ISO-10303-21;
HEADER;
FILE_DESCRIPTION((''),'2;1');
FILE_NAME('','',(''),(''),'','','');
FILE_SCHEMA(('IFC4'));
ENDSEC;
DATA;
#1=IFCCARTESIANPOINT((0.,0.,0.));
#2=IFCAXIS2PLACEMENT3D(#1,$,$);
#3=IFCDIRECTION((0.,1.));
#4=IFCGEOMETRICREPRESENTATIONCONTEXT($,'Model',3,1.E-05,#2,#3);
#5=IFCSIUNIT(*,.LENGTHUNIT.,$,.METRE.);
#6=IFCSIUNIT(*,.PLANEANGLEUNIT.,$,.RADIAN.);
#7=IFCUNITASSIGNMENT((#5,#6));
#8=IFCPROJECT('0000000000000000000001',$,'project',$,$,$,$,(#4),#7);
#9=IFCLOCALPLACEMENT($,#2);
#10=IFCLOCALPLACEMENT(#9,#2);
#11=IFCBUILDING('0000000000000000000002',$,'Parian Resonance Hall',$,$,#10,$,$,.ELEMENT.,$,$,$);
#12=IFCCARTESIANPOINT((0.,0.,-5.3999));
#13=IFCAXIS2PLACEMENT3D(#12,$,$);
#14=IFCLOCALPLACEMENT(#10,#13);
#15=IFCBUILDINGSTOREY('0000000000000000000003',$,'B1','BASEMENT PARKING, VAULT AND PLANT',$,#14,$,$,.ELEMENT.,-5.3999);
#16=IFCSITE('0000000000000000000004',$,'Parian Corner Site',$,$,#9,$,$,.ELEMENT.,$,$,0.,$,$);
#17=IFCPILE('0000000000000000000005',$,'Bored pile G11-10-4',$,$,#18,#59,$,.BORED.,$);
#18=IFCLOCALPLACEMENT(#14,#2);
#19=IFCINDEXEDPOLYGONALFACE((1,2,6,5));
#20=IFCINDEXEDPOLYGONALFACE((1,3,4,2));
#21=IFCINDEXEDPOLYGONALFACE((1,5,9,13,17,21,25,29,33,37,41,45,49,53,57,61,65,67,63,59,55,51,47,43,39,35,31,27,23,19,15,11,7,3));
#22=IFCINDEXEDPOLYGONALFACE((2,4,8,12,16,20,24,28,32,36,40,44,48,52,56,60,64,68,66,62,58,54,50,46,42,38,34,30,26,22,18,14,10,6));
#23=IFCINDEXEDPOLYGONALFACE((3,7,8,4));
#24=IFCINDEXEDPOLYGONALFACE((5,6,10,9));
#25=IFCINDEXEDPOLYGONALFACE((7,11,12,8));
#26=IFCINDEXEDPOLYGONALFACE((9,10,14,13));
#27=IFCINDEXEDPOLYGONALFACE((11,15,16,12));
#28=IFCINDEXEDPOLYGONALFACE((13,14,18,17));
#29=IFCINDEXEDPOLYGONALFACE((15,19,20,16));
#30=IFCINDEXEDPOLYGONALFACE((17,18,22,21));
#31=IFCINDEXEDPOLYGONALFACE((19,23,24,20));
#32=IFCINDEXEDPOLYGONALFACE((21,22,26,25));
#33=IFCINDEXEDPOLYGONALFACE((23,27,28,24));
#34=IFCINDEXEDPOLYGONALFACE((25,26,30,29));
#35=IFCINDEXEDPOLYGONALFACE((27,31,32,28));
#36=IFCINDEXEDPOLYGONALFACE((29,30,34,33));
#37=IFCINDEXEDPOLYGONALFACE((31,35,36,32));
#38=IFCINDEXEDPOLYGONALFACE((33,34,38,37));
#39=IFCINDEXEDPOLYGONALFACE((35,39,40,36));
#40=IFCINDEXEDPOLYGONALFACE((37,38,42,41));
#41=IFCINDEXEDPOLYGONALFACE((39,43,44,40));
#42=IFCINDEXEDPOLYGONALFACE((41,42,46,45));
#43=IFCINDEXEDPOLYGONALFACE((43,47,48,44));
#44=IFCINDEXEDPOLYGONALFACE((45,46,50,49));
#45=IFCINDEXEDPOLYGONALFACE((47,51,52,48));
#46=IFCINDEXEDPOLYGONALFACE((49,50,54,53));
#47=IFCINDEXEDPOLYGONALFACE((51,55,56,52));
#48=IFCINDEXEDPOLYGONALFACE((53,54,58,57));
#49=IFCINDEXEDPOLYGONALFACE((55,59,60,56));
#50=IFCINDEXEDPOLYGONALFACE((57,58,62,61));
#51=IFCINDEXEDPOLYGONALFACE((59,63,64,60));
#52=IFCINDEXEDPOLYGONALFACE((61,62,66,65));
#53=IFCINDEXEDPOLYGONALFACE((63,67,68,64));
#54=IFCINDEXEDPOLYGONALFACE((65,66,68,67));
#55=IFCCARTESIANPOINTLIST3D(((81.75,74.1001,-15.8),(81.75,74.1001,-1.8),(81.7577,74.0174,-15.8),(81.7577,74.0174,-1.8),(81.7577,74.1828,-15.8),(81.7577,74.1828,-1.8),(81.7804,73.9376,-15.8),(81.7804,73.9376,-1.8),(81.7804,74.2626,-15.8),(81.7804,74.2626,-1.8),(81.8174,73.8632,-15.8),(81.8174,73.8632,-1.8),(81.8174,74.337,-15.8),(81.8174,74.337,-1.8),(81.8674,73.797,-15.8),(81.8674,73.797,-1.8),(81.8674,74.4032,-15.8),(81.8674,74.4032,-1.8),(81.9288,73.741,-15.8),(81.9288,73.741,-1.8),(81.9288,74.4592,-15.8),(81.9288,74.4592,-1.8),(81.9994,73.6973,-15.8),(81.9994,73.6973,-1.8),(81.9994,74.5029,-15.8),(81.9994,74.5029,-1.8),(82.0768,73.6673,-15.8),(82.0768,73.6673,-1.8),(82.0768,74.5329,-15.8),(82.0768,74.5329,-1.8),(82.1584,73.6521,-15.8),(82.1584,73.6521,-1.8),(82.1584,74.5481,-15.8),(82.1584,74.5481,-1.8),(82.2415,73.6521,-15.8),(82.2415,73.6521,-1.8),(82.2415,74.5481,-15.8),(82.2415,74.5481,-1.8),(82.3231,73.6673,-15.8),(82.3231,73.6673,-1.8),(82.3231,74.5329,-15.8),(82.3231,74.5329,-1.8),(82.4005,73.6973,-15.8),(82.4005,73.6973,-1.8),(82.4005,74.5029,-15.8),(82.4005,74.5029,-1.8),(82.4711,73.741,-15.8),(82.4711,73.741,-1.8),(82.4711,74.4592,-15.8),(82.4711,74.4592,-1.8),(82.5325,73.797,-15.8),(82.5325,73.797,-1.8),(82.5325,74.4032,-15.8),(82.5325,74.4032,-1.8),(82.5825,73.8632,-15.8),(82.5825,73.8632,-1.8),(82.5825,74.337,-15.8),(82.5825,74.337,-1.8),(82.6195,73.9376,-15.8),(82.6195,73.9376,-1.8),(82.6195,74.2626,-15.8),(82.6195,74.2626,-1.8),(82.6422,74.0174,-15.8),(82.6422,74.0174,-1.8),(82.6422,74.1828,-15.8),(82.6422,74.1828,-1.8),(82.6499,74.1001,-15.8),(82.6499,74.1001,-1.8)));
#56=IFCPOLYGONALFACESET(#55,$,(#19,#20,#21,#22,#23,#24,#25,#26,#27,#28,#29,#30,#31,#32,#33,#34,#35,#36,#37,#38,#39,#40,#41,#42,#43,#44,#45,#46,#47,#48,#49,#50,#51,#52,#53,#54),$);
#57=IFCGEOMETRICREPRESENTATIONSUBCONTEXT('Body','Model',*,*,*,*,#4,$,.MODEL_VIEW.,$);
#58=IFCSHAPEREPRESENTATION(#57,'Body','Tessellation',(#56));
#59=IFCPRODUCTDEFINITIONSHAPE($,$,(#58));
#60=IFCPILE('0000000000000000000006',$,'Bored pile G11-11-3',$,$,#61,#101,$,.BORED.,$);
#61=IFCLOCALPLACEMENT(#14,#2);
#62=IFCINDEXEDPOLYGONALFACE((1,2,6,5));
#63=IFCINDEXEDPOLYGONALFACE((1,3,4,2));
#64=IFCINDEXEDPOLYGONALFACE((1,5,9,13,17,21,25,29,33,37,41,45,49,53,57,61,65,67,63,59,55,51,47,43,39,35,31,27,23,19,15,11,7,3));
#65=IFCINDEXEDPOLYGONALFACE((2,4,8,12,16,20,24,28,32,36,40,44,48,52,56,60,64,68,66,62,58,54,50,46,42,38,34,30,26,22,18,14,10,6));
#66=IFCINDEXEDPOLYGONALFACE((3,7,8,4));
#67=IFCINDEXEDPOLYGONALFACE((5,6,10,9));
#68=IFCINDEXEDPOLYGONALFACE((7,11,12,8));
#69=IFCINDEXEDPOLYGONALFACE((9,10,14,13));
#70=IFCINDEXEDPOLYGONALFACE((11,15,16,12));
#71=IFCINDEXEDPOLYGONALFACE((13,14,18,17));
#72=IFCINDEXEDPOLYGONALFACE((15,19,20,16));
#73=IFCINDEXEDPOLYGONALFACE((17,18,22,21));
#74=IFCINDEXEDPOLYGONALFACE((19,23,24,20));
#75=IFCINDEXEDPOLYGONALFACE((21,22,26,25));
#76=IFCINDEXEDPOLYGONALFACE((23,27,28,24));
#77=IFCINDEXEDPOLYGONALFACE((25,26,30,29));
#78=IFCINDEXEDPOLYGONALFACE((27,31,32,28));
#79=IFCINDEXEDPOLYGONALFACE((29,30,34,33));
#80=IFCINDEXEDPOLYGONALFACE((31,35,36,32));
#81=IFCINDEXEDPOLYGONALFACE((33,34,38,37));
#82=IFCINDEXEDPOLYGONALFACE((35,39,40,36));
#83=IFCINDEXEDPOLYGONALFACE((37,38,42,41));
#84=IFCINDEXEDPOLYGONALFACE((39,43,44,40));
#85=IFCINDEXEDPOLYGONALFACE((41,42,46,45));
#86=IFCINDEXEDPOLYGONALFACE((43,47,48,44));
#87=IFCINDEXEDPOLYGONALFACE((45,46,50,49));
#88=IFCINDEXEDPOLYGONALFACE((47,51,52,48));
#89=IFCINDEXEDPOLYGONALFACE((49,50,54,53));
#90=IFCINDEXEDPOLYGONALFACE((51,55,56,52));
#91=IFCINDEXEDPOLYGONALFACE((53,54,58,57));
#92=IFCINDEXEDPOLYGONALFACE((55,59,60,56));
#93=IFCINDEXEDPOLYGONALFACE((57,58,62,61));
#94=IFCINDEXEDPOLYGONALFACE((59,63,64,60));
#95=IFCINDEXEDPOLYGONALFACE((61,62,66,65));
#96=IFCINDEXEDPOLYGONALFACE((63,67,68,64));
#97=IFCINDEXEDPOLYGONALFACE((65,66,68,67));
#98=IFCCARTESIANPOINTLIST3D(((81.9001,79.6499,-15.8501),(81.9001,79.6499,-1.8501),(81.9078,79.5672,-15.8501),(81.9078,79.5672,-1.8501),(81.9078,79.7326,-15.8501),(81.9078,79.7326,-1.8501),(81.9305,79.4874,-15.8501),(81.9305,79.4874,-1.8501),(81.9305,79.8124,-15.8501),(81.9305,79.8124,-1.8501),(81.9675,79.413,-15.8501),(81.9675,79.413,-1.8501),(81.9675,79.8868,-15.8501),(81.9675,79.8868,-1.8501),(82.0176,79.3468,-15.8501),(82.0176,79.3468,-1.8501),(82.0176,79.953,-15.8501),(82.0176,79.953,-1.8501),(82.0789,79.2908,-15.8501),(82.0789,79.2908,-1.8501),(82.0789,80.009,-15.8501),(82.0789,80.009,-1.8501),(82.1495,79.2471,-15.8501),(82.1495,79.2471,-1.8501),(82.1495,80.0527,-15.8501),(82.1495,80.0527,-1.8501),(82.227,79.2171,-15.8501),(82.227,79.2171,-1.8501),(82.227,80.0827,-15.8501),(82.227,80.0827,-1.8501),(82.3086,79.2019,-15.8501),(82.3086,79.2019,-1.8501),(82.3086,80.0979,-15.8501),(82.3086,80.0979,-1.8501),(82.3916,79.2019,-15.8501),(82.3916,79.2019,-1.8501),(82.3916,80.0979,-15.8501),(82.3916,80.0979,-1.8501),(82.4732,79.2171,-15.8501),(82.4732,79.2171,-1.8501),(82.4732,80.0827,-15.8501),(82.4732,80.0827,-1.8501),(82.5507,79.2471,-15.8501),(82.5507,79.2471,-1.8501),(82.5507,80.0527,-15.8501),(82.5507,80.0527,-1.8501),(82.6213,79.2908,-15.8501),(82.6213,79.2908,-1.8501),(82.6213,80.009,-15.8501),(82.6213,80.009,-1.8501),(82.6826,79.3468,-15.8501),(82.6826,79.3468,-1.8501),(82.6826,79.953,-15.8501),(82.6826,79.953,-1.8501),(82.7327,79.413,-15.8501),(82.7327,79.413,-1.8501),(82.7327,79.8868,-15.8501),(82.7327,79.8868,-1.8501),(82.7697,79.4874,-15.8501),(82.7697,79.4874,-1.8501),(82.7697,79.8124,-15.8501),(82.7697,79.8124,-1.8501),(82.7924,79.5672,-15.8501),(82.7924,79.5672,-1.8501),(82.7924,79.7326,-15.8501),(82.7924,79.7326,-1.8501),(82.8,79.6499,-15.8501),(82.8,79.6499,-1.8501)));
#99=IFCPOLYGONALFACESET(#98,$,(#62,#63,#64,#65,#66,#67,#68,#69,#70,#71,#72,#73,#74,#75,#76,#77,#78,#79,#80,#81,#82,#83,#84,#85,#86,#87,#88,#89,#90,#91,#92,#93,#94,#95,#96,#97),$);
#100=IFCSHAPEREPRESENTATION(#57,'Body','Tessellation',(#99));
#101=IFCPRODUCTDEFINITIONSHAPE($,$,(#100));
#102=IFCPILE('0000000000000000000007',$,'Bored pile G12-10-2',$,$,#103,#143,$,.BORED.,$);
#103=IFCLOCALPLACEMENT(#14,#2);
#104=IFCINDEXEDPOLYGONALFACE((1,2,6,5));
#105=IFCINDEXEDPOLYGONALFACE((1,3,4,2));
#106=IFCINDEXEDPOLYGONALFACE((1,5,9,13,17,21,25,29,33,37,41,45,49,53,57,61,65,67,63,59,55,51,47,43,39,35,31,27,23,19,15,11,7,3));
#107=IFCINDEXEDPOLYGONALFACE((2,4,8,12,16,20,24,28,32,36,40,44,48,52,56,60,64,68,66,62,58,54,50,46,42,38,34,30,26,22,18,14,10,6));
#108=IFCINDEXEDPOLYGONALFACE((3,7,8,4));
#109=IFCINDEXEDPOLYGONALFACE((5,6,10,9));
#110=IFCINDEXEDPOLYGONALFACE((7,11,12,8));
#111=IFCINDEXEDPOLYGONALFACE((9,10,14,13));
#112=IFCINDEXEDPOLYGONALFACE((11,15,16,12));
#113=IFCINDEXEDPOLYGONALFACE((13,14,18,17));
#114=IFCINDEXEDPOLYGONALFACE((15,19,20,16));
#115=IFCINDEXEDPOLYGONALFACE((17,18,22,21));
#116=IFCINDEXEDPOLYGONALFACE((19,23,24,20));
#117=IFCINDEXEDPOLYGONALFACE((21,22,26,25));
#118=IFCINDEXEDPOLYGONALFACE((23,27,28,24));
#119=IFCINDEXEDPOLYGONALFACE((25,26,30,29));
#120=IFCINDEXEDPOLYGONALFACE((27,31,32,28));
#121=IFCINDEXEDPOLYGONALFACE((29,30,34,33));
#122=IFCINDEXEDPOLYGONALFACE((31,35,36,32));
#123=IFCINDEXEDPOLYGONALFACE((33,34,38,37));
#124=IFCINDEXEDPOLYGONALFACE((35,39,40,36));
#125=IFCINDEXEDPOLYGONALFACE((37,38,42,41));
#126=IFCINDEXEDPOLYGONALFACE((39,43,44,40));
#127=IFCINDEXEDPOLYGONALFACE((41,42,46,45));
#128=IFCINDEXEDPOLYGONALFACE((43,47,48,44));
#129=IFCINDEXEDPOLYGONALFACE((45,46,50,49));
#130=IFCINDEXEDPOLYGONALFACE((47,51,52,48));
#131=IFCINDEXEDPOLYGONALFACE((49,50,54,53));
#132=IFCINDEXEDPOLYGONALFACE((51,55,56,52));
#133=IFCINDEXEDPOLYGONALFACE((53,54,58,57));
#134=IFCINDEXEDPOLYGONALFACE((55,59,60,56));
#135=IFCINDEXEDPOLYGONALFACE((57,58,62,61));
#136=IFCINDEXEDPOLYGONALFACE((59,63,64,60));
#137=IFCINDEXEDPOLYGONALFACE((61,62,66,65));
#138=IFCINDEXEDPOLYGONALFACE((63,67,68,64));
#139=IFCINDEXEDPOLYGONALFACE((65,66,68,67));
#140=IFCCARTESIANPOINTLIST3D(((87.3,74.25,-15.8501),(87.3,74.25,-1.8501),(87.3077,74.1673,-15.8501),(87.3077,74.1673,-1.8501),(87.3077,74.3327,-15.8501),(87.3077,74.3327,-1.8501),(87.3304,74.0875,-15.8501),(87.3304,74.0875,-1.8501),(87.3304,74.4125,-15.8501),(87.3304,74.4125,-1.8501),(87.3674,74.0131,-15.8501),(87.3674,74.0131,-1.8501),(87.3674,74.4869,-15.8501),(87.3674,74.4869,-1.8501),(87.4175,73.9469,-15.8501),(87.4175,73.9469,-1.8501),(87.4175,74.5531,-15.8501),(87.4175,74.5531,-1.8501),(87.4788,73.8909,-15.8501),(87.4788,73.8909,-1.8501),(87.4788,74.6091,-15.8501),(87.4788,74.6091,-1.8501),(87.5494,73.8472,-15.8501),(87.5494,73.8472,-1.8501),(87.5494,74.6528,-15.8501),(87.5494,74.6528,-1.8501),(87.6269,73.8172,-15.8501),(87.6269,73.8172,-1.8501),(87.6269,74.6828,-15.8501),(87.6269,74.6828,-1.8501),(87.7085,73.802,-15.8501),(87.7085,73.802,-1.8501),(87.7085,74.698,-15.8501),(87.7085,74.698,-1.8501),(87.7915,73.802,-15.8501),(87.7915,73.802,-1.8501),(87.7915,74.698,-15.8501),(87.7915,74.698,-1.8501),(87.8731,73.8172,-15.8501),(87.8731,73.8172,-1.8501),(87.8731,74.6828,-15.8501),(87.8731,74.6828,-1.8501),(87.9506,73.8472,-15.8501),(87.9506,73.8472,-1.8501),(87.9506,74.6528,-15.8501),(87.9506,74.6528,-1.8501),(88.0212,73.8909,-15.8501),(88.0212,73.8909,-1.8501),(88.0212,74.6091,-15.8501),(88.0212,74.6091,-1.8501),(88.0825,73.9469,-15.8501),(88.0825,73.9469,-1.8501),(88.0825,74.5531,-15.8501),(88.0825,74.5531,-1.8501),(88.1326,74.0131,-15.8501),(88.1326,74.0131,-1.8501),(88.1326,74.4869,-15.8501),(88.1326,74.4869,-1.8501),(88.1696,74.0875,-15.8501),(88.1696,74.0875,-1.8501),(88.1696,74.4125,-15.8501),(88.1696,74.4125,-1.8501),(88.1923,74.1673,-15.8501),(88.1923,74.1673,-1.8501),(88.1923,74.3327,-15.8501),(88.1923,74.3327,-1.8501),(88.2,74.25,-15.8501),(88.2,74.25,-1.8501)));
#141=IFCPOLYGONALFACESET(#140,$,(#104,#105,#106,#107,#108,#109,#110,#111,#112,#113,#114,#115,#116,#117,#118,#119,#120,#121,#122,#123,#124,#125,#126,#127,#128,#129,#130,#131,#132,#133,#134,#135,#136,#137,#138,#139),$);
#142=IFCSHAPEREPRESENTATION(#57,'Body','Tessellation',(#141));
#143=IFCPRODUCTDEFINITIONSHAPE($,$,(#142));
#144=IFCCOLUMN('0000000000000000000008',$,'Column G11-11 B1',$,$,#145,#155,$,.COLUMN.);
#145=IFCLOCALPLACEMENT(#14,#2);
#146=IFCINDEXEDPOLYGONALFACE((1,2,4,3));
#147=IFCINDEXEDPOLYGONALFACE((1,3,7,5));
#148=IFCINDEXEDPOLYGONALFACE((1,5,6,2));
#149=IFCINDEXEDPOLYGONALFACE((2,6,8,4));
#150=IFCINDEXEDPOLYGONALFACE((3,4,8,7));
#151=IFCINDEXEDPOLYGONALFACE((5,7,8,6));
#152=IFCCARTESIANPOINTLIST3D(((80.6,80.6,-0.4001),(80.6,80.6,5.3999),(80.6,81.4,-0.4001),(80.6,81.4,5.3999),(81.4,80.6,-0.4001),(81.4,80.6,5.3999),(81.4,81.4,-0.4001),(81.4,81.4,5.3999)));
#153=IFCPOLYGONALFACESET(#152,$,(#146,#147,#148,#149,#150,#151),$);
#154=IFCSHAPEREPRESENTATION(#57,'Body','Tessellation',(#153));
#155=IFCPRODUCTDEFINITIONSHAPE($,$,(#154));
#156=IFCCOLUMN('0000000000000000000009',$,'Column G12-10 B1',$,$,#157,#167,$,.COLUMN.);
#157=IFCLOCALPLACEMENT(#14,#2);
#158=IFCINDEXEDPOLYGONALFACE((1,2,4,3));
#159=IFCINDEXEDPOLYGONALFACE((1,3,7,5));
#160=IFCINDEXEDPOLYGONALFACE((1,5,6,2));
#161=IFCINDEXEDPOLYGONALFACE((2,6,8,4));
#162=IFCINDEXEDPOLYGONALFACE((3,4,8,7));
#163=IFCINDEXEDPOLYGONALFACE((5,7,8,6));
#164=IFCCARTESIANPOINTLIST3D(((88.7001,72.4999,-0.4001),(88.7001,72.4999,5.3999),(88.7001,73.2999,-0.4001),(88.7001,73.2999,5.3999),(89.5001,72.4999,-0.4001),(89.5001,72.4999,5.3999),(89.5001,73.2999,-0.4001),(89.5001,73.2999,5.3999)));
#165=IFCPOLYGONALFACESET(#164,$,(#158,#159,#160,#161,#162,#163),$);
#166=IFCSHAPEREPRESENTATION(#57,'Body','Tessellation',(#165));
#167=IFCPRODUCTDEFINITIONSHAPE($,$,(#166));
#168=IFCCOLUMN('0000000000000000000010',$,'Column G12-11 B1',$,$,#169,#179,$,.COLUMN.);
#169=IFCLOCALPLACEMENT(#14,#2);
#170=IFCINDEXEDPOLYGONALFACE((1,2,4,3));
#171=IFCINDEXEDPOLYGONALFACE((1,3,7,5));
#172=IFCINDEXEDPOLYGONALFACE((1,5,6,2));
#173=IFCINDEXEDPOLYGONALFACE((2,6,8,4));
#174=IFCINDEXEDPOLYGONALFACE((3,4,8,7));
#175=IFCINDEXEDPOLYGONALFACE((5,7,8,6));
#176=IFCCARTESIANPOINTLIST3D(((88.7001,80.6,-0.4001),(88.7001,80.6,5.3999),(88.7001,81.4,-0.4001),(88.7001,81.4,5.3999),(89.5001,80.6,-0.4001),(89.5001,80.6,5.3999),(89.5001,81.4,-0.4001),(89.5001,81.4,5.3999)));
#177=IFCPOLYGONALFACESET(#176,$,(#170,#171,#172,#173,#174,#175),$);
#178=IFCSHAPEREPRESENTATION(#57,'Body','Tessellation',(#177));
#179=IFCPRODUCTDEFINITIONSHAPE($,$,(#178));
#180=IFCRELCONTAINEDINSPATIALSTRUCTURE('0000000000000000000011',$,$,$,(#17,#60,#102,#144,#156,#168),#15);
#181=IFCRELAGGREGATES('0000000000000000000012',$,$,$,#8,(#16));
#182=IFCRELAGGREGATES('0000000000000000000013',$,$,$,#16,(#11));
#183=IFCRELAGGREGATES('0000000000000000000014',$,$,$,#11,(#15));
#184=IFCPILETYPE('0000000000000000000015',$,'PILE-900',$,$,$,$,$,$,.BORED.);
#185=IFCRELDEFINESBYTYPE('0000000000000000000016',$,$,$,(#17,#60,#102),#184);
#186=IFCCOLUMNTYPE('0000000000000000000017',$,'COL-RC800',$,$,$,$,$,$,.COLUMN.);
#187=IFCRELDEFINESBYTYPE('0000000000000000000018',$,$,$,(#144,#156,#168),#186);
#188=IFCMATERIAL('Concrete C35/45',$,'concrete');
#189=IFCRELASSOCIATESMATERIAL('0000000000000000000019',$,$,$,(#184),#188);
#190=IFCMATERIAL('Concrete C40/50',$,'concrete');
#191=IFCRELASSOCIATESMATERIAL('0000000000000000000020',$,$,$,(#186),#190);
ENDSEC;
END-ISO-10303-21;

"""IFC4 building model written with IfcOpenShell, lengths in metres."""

from ifc_helpers import new_model, si_unit, direction, frame, origin, origin_2d, place, context, subcontext, project, spatial, rectangle, circle, extrude, material, material_profile, profile_set, type_object, element, save


model = new_model("IFC4")

# Units and contexts
model_context = context("Model", 3, precision=1e-05, world=origin(), true_north=direction((0.0, 1.0)))
body_context = subcontext(model_context, "Body", "Model", "MODEL_VIEW")
ifc_project = project(units=[si_unit("LENGTHUNIT", "METRE"), si_unit("PLANEANGLEUNIT", "RADIAN")], contexts=[model_context])

# Site, building, storey
site_placement = place(None, origin())
site = spatial("IfcSite", under=ifc_project, at=site_placement, Name="Parian Corner Site", CompositionType="ELEMENT", RefElevation=0.0)
building_placement = place(site_placement, origin())
building = spatial("IfcBuilding", under=site, at=building_placement, Name="Parian Resonance Hall", CompositionType="ELEMENT")
storey_placement = place(building_placement, frame((0.0, 0.0, -5.3999)))
storey = spatial("IfcBuildingStorey", under=building, at=storey_placement, Name="B1", Description="BASEMENT PARKING, VAULT AND PLANT", CompositionType="ELEMENT", Elevation=-5.3999)

# Piles
ifc_material_1 = material(Name="Concrete C35/45", Category="concrete")
ifc_material_profile_1 = material_profile(ifc_material_1, circle(Radius=0.45, at=origin_2d()), Name="PILE-D900")
ifc_profile_set_1 = profile_set([ifc_material_profile_1], Name="Concrete C35/45")
pile_type_1 = type_object("IfcPileType", Name="PILE-900", PredefinedType="BORED", material=ifc_profile_set_1)
for number, where, z_axis, x_axis, name in (
    (1, (82.2, 74.1001, -1.8), (0.0, 0.0, -1.0), (1.0, 0.0, 0.0), "Bored pile G11-10-4"),
    (2, (82.3501, 79.6499, -1.8501), (0.0, 0.0, -1.0), (1.0, 0.0, 0.0), "Bored pile G11-11-3"),
    (3, (87.75, 74.25, -1.8501), (0.0, 0.0, -1.0), (1.0, 0.0, 0.0), "Bored pile G12-10-2"),
):
    element("IfcPile", number, at=place(storey_placement, frame(where, z_axis=z_axis, x_axis=x_axis)), inside=storey, type_object=pile_type_1, Name=name, PredefinedType="BORED", context=body_context, shape_type="SweptSolid", body=[
        extrude(circle(Radius=0.45, at=origin_2d()), origin(), (0.0, 0.0, 1.0), 14.0),
    ])

# Columns
ifc_material_2 = material(Name="Concrete C40/50", Category="concrete")
ifc_material_profile_2 = material_profile(ifc_material_2, rectangle(XDim=0.8, YDim=0.8, at=origin_2d()), Name="RC-COL-800x800")
ifc_profile_set_2 = profile_set([ifc_material_profile_2], Name="Concrete C40/50")
column_type = type_object("IfcColumnType", Name="COL-RC800", PredefinedType="COLUMN", material=ifc_profile_set_2)
for number, where, z_axis, x_axis, name in (
    (4, (81.0, 81.0, -0.4001), (0.0, 0.0, 1.0), (1.0, 0.0, 0.0), "Column G11-11 B1"),
    (5, (89.1001, 72.8999, -0.4001), (0.0, 0.0, 1.0), (1.0, 0.0, 0.0), "Column G12-10 B1"),
    (6, (89.1001, 81.0, -0.4001), (0.0, 0.0, 1.0), (1.0, 0.0, 0.0), "Column G12-11 B1"),
):
    element("IfcColumn", number, at=place(storey_placement, frame(where, z_axis=z_axis, x_axis=x_axis)), inside=storey, type_object=column_type, Name=name, PredefinedType="COLUMN", context=body_context, shape_type="SweptSolid", body=[
        extrude(rectangle(XDim=0.8, YDim=0.8, at=origin_2d()), origin(), (0.0, 0.0, 1.0), 5.8),
    ])

save(model, "model.ifc")
